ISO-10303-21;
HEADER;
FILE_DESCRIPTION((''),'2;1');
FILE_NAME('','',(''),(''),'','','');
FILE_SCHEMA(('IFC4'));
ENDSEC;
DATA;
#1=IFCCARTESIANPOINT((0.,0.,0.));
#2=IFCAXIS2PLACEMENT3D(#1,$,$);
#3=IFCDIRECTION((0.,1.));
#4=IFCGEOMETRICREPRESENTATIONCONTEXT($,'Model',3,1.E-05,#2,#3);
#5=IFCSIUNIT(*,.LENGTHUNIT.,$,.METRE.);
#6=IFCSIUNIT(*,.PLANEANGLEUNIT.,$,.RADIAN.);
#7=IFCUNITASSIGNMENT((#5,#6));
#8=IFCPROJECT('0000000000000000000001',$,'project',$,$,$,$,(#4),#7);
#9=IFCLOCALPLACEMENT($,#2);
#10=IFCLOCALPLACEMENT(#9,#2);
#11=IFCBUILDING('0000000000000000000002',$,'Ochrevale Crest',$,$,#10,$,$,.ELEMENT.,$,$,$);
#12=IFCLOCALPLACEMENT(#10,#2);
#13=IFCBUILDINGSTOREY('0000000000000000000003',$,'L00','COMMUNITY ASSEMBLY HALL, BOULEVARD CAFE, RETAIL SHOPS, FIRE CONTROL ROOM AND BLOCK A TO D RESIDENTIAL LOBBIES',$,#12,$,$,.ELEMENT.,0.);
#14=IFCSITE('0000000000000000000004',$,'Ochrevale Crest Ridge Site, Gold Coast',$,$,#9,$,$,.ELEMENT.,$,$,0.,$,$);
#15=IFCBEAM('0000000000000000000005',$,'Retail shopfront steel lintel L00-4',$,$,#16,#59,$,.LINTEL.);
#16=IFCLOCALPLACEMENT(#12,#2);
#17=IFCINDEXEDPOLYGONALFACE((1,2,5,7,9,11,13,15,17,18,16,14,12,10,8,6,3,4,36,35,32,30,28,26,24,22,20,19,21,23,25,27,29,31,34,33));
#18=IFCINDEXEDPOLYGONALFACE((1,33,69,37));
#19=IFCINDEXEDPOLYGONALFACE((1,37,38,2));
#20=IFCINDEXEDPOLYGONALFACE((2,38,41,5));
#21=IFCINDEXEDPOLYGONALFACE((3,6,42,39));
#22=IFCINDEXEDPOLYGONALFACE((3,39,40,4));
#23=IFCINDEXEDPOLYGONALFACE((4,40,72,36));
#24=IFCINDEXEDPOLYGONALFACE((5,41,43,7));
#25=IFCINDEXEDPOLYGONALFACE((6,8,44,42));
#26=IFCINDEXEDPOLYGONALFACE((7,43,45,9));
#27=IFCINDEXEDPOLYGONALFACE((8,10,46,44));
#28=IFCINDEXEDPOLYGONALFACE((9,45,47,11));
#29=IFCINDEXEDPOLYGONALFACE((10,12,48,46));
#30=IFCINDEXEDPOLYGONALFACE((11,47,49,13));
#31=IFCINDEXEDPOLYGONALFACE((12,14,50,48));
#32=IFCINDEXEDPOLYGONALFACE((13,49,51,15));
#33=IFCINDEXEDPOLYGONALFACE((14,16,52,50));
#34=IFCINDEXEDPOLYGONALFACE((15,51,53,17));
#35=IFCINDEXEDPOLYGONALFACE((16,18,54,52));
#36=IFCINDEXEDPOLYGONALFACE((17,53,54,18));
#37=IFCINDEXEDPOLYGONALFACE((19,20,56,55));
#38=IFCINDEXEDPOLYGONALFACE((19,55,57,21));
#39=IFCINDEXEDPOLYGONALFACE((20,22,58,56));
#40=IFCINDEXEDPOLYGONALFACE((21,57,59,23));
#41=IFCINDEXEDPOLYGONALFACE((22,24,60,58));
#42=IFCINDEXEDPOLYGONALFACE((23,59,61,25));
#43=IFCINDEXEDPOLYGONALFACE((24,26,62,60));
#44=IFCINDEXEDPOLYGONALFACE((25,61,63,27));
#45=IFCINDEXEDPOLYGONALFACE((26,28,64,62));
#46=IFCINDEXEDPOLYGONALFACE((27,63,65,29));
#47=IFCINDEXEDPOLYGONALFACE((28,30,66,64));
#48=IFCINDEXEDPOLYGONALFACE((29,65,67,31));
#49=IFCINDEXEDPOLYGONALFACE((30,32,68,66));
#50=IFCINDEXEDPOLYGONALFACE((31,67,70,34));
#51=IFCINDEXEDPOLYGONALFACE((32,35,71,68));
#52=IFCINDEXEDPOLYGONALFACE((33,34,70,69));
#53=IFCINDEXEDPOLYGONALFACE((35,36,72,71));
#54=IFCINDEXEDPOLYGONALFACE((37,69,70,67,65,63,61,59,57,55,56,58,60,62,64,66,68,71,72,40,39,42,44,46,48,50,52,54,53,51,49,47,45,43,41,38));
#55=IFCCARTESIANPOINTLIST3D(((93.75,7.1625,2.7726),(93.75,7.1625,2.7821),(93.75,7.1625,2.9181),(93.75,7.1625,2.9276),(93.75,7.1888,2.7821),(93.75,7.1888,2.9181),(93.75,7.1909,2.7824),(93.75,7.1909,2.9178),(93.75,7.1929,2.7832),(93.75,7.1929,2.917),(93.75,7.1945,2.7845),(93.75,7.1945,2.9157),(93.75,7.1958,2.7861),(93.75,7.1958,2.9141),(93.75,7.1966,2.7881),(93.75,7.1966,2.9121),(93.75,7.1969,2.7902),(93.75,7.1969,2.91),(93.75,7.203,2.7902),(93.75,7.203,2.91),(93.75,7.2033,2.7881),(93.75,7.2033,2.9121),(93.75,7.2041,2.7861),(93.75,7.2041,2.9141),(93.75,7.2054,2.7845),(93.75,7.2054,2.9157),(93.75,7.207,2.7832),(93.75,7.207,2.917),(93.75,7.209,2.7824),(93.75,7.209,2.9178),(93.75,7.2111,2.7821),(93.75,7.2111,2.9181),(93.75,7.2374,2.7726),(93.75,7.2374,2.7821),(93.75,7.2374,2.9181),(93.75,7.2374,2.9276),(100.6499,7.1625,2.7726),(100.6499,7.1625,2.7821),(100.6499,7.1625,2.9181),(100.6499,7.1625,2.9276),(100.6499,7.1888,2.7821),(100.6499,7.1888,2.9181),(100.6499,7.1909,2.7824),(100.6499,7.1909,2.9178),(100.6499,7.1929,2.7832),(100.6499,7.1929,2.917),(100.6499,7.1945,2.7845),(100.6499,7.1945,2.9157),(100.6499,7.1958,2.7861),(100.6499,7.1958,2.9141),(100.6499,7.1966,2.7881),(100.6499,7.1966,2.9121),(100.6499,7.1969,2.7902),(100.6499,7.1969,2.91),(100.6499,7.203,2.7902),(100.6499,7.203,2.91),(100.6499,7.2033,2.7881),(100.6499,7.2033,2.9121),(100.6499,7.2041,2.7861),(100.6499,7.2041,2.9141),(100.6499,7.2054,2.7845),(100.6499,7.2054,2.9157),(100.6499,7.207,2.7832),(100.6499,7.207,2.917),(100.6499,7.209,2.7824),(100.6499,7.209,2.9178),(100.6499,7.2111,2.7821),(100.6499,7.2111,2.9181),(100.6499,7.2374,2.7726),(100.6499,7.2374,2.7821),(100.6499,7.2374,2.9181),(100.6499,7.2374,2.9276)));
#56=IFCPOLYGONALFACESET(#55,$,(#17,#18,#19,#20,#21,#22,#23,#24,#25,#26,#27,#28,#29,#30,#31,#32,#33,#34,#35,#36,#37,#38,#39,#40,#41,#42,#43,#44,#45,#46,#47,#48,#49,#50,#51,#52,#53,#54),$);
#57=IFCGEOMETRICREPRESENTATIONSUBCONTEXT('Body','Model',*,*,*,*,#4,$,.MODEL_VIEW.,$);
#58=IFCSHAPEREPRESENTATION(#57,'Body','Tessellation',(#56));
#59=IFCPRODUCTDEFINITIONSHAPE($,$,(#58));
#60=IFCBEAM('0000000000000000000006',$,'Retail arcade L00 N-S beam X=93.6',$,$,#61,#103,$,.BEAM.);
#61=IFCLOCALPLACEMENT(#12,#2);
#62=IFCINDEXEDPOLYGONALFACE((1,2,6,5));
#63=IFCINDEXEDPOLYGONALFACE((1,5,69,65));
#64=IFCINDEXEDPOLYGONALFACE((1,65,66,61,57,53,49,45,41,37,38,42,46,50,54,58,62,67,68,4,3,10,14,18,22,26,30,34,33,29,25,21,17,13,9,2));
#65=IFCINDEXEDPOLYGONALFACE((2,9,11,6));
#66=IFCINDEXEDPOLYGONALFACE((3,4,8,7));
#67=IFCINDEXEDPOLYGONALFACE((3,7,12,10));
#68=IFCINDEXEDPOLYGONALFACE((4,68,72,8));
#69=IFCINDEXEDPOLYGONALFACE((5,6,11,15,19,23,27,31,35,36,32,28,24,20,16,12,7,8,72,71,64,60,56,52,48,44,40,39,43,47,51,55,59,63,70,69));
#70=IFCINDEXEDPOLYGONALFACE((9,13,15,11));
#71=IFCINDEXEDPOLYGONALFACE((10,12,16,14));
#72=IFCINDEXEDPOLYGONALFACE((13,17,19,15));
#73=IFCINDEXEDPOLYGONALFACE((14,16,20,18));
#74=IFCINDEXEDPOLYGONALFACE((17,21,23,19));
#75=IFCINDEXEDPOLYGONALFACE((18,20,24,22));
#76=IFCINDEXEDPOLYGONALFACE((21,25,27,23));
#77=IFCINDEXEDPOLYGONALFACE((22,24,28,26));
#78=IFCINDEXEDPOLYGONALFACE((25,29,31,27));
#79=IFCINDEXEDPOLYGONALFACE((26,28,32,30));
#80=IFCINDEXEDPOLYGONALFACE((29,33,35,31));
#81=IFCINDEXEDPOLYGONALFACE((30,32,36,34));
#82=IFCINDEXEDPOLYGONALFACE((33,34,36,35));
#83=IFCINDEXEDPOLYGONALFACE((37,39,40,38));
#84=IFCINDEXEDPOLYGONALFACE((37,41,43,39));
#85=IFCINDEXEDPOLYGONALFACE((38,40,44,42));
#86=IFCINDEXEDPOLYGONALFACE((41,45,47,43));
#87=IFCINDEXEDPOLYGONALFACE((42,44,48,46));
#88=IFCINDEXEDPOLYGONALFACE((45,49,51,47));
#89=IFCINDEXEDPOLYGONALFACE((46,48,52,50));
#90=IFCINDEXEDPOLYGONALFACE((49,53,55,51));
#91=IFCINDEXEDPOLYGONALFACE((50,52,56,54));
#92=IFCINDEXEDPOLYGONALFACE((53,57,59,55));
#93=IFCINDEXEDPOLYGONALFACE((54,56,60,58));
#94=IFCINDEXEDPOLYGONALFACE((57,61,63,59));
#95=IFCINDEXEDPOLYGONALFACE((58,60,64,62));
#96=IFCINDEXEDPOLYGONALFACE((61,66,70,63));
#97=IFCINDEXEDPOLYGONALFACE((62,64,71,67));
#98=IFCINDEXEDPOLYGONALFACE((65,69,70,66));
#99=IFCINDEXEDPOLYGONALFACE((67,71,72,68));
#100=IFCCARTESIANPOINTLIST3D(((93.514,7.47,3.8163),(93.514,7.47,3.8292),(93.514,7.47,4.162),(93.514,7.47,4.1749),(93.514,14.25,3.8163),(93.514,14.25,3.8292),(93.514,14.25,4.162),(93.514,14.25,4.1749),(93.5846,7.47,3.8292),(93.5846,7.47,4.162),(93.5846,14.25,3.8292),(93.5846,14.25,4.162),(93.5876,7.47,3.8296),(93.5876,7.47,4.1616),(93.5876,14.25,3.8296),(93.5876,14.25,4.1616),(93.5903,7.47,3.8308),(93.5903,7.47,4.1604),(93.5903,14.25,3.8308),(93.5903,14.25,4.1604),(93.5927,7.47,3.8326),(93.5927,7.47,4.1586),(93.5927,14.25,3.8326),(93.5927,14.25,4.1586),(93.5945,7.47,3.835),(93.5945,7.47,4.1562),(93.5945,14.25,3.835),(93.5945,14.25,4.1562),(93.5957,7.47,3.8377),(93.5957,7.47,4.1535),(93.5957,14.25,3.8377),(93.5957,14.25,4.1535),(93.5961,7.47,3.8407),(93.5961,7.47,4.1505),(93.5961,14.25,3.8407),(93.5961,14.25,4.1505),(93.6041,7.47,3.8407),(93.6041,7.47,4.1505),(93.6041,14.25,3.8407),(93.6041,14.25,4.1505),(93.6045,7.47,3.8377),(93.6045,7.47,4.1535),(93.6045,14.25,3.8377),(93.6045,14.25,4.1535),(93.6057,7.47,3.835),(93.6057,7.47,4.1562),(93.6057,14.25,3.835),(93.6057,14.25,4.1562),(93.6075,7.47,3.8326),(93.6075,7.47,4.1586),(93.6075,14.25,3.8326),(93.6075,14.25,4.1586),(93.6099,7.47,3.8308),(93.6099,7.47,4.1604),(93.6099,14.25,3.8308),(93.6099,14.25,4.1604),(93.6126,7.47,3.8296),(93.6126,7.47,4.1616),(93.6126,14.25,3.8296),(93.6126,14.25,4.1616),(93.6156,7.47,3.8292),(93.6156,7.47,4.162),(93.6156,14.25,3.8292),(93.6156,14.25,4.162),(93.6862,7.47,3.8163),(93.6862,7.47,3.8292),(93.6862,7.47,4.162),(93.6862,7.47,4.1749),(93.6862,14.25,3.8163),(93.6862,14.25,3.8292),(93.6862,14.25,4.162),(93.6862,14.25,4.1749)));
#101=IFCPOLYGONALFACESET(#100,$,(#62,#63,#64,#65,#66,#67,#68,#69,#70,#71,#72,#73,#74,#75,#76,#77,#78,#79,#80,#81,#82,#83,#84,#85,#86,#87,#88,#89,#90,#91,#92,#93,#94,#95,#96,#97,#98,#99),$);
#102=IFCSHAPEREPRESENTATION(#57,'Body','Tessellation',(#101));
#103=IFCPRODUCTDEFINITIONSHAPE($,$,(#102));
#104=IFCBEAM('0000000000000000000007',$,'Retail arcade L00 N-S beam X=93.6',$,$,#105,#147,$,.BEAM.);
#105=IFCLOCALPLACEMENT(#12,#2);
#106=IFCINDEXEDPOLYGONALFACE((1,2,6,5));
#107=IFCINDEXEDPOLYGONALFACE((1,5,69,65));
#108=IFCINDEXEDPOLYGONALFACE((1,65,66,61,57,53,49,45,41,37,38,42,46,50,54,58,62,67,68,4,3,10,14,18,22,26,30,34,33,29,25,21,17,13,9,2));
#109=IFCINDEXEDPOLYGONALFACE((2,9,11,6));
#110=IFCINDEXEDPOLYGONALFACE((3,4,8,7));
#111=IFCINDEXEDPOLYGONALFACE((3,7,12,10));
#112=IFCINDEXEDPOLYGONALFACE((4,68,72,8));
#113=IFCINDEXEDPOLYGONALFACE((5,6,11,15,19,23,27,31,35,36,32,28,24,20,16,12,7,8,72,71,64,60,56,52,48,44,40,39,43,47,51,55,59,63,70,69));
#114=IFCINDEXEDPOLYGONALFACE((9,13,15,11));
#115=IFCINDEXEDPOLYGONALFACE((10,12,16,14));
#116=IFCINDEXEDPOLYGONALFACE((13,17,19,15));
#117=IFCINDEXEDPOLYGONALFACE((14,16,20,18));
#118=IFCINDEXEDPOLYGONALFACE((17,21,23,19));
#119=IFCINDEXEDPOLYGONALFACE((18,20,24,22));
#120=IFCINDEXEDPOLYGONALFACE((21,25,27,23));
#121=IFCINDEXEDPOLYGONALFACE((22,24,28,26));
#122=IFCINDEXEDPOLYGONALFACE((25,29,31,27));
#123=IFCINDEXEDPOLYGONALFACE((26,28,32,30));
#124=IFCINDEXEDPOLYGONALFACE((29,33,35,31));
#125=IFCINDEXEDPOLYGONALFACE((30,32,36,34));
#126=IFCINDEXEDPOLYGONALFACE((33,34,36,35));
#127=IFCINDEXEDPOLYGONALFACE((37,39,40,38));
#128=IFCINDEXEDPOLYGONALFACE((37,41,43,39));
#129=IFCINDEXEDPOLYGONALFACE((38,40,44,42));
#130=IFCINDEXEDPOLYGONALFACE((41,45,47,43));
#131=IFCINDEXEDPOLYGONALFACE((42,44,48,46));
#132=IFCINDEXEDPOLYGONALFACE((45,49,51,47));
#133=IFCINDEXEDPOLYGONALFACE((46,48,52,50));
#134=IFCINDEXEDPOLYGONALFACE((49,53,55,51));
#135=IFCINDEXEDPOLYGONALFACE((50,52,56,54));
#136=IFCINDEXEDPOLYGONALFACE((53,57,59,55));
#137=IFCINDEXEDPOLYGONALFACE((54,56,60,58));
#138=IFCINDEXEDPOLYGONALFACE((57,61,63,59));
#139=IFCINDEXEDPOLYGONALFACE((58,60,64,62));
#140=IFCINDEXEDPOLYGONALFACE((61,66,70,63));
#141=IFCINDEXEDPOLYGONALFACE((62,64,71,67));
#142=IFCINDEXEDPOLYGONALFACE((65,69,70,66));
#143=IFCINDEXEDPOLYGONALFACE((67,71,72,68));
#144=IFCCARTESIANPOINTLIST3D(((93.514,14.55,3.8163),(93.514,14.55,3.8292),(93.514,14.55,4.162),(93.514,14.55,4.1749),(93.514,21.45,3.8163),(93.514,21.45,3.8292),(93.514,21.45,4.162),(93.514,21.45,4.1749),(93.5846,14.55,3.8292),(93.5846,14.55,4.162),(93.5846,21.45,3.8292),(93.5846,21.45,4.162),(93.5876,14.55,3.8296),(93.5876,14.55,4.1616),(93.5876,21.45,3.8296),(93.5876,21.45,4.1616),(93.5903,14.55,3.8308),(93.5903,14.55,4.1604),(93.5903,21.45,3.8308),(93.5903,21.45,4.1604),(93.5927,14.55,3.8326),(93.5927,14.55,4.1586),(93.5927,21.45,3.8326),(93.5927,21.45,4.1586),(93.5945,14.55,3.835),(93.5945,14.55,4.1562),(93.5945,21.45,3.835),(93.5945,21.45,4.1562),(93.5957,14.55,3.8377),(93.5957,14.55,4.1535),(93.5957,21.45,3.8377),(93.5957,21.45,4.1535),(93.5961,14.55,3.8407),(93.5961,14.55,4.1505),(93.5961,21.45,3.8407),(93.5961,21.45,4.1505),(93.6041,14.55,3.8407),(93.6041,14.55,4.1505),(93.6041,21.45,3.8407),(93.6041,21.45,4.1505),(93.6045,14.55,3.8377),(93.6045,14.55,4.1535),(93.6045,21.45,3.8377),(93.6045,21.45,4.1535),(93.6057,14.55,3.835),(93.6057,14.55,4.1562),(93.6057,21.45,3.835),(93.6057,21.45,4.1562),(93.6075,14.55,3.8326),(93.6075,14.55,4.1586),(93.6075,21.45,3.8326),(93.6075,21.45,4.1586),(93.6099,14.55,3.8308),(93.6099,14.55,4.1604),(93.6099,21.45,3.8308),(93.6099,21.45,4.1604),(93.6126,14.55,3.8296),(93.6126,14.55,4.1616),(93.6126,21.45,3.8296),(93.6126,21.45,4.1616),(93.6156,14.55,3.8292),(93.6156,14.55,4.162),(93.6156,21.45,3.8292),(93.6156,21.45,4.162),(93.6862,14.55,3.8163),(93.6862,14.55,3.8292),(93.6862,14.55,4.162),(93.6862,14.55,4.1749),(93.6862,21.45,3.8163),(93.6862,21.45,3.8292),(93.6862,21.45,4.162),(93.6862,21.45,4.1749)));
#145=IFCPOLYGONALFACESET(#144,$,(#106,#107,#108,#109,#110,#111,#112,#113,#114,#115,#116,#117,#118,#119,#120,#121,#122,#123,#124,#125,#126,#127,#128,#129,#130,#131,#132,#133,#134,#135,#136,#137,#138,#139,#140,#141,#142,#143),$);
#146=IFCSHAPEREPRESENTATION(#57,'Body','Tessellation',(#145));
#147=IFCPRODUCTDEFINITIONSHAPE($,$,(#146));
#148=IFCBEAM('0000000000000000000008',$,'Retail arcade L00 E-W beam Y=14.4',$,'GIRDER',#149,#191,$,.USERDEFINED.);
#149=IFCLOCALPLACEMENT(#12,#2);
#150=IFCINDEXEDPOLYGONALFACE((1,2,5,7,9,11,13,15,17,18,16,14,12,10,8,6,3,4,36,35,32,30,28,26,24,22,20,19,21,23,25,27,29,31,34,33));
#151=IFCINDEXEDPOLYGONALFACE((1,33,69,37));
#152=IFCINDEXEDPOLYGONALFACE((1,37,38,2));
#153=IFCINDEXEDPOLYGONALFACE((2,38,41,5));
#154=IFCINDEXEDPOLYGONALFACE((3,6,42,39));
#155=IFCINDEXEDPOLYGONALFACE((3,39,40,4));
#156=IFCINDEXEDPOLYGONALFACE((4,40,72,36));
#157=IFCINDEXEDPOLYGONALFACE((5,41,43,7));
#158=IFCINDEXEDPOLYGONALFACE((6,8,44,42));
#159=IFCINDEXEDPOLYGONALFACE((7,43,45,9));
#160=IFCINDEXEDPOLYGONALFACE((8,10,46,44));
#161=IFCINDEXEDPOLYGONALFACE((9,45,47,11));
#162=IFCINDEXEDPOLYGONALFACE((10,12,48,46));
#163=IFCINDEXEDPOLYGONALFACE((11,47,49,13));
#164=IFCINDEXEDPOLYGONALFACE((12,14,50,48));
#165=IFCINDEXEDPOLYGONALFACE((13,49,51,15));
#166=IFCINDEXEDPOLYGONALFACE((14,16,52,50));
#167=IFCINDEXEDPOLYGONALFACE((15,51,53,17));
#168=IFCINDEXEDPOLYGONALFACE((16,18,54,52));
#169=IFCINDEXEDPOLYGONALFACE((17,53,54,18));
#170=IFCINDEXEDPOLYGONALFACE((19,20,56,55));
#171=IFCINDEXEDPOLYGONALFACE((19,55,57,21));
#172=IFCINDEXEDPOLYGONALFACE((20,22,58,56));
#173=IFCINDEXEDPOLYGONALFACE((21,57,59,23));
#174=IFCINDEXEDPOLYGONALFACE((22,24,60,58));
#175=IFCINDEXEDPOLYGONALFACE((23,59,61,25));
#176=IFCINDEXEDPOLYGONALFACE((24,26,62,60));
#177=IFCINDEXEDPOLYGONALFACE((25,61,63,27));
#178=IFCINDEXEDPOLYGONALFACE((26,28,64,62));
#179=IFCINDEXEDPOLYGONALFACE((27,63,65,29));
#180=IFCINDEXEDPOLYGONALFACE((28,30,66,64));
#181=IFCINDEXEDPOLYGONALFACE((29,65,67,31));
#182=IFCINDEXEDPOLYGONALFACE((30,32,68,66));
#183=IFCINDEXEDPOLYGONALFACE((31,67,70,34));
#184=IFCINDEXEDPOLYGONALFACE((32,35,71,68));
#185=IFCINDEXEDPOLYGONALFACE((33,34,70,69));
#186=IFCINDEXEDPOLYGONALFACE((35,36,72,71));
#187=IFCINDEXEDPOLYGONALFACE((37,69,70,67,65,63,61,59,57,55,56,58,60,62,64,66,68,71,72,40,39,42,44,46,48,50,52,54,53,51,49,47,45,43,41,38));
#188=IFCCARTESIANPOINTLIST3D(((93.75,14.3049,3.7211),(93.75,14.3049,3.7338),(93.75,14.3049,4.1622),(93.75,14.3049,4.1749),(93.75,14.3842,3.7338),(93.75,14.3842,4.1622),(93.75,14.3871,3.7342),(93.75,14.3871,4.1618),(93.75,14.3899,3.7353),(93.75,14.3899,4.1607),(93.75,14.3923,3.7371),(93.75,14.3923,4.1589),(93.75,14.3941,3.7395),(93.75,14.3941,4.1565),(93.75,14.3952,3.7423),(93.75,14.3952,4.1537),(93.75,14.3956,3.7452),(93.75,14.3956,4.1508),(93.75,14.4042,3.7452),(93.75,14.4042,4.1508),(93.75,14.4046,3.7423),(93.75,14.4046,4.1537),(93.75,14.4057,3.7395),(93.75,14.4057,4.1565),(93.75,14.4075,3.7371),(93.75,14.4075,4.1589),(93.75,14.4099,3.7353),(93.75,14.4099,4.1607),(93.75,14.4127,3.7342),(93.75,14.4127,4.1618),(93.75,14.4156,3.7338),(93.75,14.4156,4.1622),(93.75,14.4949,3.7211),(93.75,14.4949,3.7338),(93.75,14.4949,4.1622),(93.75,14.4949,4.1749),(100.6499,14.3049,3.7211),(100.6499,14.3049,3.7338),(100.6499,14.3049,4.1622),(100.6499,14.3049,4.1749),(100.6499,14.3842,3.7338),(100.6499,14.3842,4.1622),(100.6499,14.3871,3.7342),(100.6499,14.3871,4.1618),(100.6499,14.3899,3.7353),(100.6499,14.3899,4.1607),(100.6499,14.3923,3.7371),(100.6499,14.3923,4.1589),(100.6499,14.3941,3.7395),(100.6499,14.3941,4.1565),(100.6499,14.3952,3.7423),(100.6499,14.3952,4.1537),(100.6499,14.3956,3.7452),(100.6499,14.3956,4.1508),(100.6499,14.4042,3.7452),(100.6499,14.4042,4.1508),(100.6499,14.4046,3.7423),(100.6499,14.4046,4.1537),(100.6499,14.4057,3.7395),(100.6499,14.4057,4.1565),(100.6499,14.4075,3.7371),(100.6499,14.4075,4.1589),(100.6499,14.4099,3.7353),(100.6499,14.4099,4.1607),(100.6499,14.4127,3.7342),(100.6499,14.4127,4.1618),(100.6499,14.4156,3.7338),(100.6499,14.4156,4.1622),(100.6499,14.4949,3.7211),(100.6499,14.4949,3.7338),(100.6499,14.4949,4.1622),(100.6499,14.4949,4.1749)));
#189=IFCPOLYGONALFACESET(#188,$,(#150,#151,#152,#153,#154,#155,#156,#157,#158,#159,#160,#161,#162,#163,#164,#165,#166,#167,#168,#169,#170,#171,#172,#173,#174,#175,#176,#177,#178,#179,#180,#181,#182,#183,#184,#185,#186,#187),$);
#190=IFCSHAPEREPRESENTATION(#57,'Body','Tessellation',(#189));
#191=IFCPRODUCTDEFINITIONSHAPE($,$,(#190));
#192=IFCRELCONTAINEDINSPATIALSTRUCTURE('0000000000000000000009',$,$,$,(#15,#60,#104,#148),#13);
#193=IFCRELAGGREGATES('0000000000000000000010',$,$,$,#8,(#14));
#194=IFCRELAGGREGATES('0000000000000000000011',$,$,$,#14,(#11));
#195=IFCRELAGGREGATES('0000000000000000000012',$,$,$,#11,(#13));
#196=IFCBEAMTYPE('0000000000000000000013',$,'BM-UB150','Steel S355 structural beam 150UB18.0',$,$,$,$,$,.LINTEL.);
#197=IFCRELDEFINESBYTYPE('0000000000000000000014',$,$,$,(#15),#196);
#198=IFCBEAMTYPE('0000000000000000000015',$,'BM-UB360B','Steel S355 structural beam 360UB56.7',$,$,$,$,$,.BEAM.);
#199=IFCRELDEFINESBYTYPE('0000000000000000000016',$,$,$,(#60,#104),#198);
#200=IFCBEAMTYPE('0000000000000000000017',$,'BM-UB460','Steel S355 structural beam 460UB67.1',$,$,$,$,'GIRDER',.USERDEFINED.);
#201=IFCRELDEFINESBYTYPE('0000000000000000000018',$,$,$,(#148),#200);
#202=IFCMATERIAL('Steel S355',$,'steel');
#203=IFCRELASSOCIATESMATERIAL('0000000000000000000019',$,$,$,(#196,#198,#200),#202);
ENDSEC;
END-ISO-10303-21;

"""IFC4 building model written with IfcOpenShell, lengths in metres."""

from ifc_helpers import new_model, si_unit, direction, frame, origin, origin_2d, place, context, subcontext, project, spatial, i_section, extrude, material, material_profile, profile_set, type_object, element, save


model = new_model("IFC4")

# Units and contexts
model_context = context("Model", 3, precision=1e-05, world=origin(), true_north=direction((0.0, 1.0)))
body_context = subcontext(model_context, "Body", "Model", "MODEL_VIEW")
ifc_project = project(units=[si_unit("LENGTHUNIT", "METRE"), si_unit("PLANEANGLEUNIT", "RADIAN")], contexts=[model_context])

# Site, building, storey
site_placement = place(None, origin())
site = spatial("IfcSite", under=ifc_project, at=site_placement, Name="Ochrevale Crest Ridge Site, Gold Coast", CompositionType="ELEMENT", RefElevation=0.0)
building_placement = place(site_placement, origin())
building = spatial("IfcBuilding", under=site, at=building_placement, Name="Ochrevale Crest", CompositionType="ELEMENT")
storey_placement = place(building_placement, origin())
storey = spatial("IfcBuildingStorey", under=building, at=storey_placement, Name="L00", Description="COMMUNITY ASSEMBLY HALL, BOULEVARD CAFE, RETAIL SHOPS, FIRE CONTROL ROOM AND BLOCK A TO D RESIDENTIAL LOBBIES", CompositionType="ELEMENT", Elevation=0.0)

# Shared definitions
ifc_material_1 = material(Name="Steel S355", Category="steel")

# Beams
ifc_material_profile_1 = material_profile(ifc_material_1, i_section(OverallWidth=0.075, OverallDepth=0.155, WebThickness=0.0061, FlangeThickness=0.0095, FilletRadius=0.0081, at=origin_2d()), Name="150UB18.0")
ifc_profile_set_1 = profile_set([ifc_material_profile_1], Name="Steel S355")
beam_type_1 = type_object("IfcBeamType", Name="BM-UB150", Description="Steel S355 structural beam 150UB18.0", PredefinedType="LINTEL", material=ifc_profile_set_1)
beam_1_placement = place(storey_placement, frame((93.75, 7.2, 2.8501), z_axis=(1.0, 0.0, 0.0), x_axis=(0.0, 1.0, 0.0)))
element("IfcBeam", 1, at=beam_1_placement, inside=storey, type_object=beam_type_1, Name="Retail shopfront steel lintel L00-4", PredefinedType="LINTEL", context=body_context, shape_type="SweptSolid", body=[
    extrude(i_section(OverallWidth=0.075, OverallDepth=0.155, WebThickness=0.0061, FlangeThickness=0.0095, FilletRadius=0.0081, at=origin_2d()), origin(), (0.0, 0.0, 1.0), 6.8999),
])
ifc_material_profile_2 = material_profile(ifc_material_1, i_section(OverallWidth=0.1721, OverallDepth=0.3586, WebThickness=0.0081, FlangeThickness=0.0129, FilletRadius=0.0115, at=origin_2d()), Name="360UB56.7")
ifc_profile_set_2 = profile_set([ifc_material_profile_2], Name="Steel S355")
beam_type_2 = type_object("IfcBeamType", Name="BM-UB360B", Description="Steel S355 structural beam 360UB56.7", PredefinedType="BEAM", material=ifc_profile_set_2)
beam_2_placement = place(storey_placement, frame((93.6001, 7.47, 3.9956), z_axis=(0.0, 1.0, 0.0), x_axis=(-1.0, 0.0, 0.0)))
element("IfcBeam", 2, at=beam_2_placement, inside=storey, type_object=beam_type_2, Name="Retail arcade L00 N-S beam X=93.6", PredefinedType="BEAM", context=body_context, shape_type="SweptSolid", body=[
    extrude(i_section(OverallWidth=0.1721, OverallDepth=0.3586, WebThickness=0.0081, FlangeThickness=0.0129, FilletRadius=0.0115, at=origin_2d()), origin(), (0.0, 0.0, 1.0), 6.78),
])
beam_3_placement = place(storey_placement, frame((93.6001, 14.55, 3.9956), z_axis=(0.0, 1.0, 0.0), x_axis=(-1.0, 0.0, 0.0)))
element("IfcBeam", 3, at=beam_3_placement, inside=storey, type_object=beam_type_2, Name="Retail arcade L00 N-S beam X=93.6", PredefinedType="BEAM", context=body_context, shape_type="SweptSolid", body=[
    extrude(i_section(OverallWidth=0.1721, OverallDepth=0.3586, WebThickness=0.0081, FlangeThickness=0.0129, FilletRadius=0.0115, at=origin_2d()), origin(), (0.0, 0.0, 1.0), 6.8999),
])
ifc_material_profile_3 = material_profile(ifc_material_1, i_section(OverallWidth=0.1899, OverallDepth=0.4539, WebThickness=0.0085, FlangeThickness=0.0127, FilletRadius=0.0115, at=origin_2d()), Name="460UB67.1")
ifc_profile_set_3 = profile_set([ifc_material_profile_3], Name="Steel S355")
beam_type_3 = type_object("IfcBeamType", Name="BM-UB460", Description="Steel S355 structural beam 460UB67.1", ElementType="GIRDER", PredefinedType="USERDEFINED", material=ifc_profile_set_3)
beam_4_placement = place(storey_placement, frame((93.75, 14.3999, 3.948), z_axis=(1.0, 0.0, 0.0), x_axis=(0.0, 1.0, 0.0)))
element("IfcBeam", 4, at=beam_4_placement, inside=storey, type_object=beam_type_3, Name="Retail arcade L00 E-W beam Y=14.4", ObjectType="GIRDER", PredefinedType="USERDEFINED", context=body_context, shape_type="SweptSolid", body=[
    extrude(i_section(OverallWidth=0.1899, OverallDepth=0.4539, WebThickness=0.0085, FlangeThickness=0.0127, FilletRadius=0.0115, at=origin_2d()), origin(), (0.0, 0.0, 1.0), 6.8999),
])

save(model, "model.ifc")
